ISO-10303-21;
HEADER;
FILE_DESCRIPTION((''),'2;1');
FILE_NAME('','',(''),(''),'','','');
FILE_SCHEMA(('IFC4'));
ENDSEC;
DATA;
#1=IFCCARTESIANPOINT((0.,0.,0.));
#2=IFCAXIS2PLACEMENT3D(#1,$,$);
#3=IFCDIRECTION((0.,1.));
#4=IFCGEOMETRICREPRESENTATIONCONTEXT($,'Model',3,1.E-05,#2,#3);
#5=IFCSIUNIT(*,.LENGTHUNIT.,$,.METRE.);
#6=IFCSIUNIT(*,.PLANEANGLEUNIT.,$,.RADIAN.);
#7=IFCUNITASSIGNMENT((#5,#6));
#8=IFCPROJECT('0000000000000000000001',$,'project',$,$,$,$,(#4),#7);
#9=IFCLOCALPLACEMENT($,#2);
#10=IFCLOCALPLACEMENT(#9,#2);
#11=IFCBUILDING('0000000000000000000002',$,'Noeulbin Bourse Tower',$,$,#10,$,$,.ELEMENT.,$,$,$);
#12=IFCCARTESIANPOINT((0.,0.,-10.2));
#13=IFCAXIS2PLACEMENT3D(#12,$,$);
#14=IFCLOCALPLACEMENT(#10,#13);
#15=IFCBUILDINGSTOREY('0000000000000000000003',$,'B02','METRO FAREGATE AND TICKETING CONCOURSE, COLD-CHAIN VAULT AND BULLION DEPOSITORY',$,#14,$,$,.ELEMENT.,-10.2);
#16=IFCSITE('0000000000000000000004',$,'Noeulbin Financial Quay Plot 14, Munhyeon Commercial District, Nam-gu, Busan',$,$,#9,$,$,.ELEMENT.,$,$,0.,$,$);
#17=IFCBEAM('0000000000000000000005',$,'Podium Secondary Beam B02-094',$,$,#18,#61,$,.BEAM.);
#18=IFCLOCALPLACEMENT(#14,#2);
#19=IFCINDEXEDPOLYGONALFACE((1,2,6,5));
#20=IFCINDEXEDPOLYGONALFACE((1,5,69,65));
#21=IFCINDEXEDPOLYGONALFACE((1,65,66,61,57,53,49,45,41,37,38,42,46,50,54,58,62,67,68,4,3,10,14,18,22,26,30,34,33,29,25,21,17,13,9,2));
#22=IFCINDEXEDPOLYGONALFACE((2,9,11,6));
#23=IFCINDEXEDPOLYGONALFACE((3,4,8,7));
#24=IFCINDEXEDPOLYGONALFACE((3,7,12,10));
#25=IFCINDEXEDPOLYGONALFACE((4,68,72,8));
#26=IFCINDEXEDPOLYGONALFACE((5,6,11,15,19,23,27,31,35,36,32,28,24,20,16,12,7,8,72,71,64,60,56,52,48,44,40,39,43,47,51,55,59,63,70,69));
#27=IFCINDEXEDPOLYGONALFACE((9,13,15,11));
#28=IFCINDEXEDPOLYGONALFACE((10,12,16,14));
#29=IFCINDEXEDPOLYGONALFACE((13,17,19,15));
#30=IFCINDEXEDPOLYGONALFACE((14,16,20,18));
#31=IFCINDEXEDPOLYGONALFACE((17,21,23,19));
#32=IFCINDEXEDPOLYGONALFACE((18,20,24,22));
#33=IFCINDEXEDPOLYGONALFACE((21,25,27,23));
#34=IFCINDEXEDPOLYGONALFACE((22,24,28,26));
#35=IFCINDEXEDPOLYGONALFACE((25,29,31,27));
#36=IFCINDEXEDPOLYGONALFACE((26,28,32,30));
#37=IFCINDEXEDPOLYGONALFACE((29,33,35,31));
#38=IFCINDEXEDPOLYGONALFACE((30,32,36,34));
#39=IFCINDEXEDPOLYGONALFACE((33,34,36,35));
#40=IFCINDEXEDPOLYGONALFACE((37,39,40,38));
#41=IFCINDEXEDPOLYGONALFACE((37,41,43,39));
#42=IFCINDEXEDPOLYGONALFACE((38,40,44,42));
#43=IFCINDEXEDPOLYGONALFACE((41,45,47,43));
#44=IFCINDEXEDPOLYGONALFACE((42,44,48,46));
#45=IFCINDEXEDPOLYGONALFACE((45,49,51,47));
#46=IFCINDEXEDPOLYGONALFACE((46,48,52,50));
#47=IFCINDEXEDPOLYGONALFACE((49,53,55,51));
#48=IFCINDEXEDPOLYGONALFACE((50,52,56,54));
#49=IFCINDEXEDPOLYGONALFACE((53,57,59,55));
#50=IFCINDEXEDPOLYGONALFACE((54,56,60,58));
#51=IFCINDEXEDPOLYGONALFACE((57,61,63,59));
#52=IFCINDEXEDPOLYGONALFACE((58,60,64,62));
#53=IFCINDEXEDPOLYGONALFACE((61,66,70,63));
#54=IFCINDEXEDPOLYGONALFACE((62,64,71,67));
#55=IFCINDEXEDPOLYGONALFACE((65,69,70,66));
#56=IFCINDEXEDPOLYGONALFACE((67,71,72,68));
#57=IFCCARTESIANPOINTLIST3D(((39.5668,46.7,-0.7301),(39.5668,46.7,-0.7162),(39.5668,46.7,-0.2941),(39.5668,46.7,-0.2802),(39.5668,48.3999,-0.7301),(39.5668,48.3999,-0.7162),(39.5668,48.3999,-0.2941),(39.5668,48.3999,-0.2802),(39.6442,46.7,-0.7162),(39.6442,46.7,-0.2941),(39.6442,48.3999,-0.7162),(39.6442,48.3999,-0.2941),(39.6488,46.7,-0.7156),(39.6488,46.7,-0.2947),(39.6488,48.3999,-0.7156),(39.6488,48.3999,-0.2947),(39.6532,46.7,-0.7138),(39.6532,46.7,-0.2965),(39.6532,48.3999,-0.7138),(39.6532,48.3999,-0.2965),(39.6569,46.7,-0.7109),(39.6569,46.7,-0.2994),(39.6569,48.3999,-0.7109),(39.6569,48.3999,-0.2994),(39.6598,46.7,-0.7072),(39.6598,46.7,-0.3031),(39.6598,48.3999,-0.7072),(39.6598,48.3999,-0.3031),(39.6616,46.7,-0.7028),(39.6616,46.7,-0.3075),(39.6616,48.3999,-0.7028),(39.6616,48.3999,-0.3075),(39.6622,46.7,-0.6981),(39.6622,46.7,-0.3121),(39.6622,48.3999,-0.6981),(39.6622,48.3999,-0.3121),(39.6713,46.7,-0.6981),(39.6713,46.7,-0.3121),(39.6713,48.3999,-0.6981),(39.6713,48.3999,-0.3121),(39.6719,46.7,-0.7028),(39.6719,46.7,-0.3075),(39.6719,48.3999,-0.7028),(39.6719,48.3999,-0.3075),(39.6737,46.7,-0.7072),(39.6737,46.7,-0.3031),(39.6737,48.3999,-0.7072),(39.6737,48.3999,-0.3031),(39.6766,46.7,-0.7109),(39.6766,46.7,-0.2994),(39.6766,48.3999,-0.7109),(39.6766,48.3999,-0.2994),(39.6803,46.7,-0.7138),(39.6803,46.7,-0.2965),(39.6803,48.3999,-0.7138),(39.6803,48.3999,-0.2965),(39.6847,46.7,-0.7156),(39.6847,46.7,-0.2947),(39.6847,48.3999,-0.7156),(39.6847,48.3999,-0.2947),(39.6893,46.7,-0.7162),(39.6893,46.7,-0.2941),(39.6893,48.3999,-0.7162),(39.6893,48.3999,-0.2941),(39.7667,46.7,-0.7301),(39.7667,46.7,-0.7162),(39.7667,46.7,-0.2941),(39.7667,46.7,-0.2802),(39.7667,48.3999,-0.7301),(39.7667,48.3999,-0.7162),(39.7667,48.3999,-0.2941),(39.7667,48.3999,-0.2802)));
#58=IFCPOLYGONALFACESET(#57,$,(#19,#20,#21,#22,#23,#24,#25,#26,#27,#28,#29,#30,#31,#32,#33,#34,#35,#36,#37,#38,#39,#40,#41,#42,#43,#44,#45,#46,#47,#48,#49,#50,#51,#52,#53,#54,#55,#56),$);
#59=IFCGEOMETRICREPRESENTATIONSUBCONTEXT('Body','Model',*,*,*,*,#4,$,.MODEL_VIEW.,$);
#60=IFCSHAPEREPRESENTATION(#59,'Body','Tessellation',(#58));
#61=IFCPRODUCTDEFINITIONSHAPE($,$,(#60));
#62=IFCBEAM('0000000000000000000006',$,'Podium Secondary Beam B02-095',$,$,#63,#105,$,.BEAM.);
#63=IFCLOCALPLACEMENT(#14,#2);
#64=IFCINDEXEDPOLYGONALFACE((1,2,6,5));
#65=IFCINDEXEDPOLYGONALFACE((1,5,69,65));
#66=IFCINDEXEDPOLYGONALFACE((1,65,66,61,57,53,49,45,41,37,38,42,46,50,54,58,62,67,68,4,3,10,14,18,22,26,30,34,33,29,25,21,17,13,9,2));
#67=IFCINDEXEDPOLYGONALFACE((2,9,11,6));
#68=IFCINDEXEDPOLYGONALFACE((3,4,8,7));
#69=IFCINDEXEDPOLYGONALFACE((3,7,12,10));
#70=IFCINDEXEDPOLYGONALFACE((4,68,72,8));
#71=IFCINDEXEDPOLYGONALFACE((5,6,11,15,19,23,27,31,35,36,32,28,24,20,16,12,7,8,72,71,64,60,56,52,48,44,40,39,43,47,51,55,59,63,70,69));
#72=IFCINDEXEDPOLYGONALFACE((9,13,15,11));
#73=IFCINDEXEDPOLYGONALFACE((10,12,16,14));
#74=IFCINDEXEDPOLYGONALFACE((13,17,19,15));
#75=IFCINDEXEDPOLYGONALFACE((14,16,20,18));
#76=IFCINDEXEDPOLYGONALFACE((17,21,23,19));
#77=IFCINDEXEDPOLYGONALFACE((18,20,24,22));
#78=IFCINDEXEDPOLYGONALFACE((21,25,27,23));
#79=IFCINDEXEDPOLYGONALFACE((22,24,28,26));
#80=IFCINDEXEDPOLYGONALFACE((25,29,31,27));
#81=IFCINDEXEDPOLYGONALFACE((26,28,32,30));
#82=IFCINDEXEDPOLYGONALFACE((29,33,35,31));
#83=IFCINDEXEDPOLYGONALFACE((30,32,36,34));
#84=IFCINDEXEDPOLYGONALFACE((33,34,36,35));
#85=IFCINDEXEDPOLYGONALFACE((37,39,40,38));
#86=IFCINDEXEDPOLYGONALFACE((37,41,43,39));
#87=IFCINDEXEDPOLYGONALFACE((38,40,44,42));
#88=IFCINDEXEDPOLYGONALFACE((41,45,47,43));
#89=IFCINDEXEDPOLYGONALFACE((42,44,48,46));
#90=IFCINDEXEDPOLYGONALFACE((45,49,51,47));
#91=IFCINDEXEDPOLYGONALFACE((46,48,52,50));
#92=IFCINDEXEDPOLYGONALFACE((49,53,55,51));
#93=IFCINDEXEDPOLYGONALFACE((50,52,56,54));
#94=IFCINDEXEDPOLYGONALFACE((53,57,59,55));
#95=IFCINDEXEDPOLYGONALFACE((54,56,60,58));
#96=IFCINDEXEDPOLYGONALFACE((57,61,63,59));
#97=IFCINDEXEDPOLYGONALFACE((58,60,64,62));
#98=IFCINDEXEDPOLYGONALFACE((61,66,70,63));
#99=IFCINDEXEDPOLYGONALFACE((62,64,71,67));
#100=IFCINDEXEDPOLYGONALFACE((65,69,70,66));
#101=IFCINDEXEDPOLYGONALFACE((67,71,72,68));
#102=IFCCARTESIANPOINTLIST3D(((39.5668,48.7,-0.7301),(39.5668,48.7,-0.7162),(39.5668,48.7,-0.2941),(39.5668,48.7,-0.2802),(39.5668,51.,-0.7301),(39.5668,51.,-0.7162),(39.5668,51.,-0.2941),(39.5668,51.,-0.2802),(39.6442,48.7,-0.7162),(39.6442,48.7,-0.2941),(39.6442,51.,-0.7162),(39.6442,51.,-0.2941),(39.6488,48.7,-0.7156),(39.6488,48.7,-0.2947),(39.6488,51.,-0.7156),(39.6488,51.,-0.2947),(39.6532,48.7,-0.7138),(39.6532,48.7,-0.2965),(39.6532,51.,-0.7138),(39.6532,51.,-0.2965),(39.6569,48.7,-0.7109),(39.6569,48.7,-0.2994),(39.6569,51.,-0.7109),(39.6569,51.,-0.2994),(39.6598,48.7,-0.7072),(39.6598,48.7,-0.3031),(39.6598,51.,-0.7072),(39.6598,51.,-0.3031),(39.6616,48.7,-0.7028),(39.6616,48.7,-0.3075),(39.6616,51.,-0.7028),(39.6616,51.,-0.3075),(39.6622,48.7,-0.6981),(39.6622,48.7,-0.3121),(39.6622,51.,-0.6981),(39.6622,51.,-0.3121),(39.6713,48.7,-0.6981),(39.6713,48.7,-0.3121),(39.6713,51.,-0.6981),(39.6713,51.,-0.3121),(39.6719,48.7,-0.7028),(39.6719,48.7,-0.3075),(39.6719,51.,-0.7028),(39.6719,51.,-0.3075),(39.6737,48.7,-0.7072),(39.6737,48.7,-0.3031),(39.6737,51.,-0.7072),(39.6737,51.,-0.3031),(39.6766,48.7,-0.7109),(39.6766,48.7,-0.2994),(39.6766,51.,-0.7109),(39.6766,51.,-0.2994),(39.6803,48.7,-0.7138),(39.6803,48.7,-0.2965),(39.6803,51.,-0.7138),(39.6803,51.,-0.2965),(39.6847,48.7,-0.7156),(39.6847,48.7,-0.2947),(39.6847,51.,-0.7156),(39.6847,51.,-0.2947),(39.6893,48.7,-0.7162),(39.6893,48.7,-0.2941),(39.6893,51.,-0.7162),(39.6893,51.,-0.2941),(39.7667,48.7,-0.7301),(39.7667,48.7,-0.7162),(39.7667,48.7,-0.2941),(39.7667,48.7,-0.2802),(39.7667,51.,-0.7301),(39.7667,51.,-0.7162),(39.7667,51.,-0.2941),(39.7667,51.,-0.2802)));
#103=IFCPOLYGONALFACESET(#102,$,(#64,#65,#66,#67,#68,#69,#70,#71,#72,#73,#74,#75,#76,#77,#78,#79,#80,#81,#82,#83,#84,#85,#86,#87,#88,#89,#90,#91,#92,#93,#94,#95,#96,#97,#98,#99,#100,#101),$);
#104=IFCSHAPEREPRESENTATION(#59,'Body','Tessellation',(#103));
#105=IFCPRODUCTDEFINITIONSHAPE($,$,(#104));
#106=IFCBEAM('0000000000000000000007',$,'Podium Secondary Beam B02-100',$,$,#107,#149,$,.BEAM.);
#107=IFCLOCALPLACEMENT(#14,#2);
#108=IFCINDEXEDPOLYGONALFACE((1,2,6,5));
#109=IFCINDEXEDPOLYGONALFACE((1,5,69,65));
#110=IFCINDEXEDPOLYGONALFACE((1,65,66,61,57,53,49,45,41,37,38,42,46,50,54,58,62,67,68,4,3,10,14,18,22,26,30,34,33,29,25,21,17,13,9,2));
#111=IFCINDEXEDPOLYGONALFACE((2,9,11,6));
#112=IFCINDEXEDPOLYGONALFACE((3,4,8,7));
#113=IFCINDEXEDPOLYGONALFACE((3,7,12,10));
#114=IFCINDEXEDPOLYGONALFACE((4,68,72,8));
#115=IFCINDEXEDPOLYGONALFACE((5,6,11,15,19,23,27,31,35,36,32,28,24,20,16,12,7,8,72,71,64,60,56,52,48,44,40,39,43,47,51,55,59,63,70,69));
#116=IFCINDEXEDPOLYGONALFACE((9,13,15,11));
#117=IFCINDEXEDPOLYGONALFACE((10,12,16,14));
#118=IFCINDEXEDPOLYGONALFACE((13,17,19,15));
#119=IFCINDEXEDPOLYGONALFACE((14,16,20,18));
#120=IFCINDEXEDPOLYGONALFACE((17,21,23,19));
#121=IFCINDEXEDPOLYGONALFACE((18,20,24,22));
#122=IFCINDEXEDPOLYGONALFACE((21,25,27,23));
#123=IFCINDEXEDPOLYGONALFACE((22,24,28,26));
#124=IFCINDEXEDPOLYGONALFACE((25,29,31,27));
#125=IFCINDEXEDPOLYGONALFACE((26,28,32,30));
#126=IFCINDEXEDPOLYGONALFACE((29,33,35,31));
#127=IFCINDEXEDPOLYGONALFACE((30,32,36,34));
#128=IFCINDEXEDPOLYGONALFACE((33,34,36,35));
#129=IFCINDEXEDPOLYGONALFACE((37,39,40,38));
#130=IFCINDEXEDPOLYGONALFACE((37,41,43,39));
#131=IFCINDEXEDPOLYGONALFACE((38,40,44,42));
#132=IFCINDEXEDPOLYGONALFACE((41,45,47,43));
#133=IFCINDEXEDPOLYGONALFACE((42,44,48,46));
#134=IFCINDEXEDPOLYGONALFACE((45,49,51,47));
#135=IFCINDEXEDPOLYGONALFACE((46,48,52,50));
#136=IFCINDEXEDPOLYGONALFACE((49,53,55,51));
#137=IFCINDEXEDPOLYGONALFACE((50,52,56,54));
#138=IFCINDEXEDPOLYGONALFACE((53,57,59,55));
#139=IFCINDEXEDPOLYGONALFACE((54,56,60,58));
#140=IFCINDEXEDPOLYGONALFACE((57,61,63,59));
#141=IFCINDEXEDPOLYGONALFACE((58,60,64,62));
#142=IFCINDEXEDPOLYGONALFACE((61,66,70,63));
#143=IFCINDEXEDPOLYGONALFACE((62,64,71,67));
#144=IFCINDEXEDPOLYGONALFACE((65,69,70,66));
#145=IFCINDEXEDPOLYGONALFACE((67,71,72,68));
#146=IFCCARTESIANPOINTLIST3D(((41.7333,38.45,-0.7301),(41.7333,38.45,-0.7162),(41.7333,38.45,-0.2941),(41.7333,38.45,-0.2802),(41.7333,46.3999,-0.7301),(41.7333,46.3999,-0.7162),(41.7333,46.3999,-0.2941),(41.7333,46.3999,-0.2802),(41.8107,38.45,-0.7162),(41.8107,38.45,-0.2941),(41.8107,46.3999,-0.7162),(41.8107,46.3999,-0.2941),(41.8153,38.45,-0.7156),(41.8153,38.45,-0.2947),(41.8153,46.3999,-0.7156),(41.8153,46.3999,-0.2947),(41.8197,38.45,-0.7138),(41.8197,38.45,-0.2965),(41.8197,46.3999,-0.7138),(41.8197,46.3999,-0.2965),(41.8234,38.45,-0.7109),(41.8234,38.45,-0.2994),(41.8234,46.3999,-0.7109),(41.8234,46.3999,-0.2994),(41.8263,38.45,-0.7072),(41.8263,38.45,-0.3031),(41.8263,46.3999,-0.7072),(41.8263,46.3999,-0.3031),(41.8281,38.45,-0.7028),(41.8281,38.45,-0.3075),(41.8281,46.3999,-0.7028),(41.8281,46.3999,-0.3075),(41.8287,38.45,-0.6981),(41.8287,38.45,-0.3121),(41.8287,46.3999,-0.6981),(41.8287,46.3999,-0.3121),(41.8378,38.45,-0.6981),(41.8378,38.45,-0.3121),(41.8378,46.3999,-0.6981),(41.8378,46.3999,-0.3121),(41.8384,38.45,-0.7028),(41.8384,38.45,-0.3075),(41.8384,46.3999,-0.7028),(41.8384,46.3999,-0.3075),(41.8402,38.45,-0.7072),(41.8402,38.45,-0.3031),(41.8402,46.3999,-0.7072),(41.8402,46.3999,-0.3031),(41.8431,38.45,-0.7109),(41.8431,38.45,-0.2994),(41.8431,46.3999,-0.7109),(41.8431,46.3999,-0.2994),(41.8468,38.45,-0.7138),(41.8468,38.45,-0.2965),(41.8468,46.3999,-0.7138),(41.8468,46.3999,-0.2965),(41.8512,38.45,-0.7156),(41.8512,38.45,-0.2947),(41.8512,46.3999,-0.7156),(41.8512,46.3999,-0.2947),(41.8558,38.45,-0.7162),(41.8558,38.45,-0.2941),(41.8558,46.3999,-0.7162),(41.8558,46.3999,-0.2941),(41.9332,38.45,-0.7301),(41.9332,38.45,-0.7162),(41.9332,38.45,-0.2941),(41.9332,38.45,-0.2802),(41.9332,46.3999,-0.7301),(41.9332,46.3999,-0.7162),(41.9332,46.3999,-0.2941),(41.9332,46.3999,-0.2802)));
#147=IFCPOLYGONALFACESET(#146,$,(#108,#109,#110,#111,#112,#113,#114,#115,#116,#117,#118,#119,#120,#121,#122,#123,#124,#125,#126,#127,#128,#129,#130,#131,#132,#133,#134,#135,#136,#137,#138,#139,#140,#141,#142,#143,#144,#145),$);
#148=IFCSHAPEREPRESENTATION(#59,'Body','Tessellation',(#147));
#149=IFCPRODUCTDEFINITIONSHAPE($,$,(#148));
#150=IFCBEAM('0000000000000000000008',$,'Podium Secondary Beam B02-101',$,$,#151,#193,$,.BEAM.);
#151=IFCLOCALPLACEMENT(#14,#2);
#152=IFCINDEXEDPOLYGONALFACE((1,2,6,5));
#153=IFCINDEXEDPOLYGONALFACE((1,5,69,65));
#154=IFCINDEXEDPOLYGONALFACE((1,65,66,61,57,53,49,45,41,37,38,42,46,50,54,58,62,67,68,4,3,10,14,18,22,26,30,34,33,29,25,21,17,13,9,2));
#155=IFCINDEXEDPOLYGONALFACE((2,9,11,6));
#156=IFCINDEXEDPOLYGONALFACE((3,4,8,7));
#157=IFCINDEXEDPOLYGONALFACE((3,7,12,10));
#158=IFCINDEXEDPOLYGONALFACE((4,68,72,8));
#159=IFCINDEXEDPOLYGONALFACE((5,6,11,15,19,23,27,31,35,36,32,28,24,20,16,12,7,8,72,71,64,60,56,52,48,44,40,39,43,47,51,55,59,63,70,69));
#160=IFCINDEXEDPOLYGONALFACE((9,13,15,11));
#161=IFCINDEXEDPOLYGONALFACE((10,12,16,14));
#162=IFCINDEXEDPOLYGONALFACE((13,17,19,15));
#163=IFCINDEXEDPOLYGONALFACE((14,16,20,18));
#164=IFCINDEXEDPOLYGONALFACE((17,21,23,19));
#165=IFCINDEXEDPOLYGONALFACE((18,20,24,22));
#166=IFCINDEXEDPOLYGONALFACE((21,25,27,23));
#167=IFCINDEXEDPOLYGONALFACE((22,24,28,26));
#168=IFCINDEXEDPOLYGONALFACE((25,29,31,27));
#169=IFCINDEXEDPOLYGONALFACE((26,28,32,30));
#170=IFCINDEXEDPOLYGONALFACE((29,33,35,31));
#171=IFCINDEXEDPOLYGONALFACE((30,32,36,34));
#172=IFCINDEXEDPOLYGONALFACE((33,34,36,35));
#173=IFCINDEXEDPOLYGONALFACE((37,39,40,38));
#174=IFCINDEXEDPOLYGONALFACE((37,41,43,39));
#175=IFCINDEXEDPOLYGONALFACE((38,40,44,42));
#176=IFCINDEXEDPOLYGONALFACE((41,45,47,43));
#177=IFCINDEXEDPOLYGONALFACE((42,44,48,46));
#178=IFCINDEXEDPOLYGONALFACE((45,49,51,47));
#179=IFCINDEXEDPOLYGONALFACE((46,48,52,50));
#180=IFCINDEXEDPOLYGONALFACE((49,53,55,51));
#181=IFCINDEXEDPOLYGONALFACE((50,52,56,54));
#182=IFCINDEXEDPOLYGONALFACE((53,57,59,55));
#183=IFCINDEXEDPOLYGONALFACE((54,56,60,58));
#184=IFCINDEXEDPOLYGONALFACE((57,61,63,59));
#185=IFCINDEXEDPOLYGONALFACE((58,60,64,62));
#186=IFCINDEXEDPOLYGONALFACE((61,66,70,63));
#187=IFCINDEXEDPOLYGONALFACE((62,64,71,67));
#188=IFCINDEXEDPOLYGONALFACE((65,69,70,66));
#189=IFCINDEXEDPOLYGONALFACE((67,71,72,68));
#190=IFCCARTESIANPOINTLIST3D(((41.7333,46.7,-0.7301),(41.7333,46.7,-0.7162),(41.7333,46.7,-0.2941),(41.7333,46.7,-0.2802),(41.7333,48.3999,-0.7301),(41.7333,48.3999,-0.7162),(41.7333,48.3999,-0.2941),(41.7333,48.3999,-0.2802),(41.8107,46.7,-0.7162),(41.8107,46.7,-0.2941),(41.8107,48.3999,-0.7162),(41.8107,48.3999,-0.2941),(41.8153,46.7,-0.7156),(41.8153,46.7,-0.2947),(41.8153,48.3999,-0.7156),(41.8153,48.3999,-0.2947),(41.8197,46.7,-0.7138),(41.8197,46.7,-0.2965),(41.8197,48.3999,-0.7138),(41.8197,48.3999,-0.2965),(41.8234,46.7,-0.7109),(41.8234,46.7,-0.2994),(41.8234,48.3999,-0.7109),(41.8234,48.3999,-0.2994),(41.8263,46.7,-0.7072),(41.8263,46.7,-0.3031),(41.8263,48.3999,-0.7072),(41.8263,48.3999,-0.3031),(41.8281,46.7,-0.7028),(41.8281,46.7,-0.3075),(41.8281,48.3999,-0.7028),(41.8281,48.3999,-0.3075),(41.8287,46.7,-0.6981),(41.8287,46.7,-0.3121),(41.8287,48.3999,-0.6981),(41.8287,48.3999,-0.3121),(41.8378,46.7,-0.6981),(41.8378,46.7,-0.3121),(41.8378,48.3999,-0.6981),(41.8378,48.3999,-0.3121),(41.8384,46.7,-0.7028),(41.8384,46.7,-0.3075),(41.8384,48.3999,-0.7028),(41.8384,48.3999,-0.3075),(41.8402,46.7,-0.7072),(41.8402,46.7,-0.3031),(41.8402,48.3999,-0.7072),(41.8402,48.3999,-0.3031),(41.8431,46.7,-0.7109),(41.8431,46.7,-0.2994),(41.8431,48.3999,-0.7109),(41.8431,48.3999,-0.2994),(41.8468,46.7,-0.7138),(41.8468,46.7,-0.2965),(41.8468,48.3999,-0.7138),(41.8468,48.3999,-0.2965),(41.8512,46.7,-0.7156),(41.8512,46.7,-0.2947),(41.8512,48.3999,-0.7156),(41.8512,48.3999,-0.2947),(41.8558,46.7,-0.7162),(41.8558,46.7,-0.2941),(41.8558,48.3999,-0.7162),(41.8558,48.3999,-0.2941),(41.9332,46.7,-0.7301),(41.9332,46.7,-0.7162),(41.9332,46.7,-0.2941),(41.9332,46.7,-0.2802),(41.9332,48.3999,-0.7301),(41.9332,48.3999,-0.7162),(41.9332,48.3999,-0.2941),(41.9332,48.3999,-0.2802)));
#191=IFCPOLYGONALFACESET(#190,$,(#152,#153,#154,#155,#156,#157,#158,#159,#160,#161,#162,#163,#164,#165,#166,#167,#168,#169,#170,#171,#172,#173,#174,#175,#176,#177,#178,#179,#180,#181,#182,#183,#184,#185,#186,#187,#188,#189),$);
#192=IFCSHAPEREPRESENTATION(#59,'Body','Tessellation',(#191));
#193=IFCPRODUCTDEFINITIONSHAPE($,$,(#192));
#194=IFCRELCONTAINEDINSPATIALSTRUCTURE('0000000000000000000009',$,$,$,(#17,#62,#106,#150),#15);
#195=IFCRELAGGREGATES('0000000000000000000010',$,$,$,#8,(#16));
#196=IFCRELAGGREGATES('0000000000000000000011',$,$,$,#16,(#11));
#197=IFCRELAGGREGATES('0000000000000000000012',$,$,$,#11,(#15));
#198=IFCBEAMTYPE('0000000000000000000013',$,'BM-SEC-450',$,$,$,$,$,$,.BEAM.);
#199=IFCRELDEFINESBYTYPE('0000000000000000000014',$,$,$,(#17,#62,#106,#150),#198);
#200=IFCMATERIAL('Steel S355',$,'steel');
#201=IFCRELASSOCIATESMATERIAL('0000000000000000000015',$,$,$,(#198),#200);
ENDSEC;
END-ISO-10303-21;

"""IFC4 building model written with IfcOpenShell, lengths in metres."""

from ifc_helpers import new_model, si_unit, direction, frame, origin, origin_2d, place, context, subcontext, project, spatial, i_section, extrude, material, material_profile, profile_set, type_object, element, save


model = new_model("IFC4")

# Units and contexts
model_context = context("Model", 3, precision=1e-05, world=origin(), true_north=direction((0.0, 1.0)))
body_context = subcontext(model_context, "Body", "Model", "MODEL_VIEW")
ifc_project = project(units=[si_unit("LENGTHUNIT", "METRE"), si_unit("PLANEANGLEUNIT", "RADIAN")], contexts=[model_context])

# Site, building, storey
site_placement = place(None, origin())
site = spatial("IfcSite", under=ifc_project, at=site_placement, Name="Noeulbin Financial Quay Plot 14, Munhyeon Commercial District, Nam-gu, Busan", CompositionType="ELEMENT", RefElevation=0.0)
building_placement = place(site_placement, origin())
building = spatial("IfcBuilding", under=site, at=building_placement, Name="Noeulbin Bourse Tower", CompositionType="ELEMENT")
storey_placement = place(building_placement, frame((0.0, 0.0, -10.2)))
storey = spatial("IfcBuildingStorey", under=building, at=storey_placement, Name="B02", Description="METRO FAREGATE AND TICKETING CONCOURSE, COLD-CHAIN VAULT AND BULLION DEPOSITORY", CompositionType="ELEMENT", Elevation=-10.2)

# Beams
ifc_material_1 = material(Name="Steel S355", Category="steel")
ifc_material_profile_1 = material_profile(ifc_material_1, i_section(OverallWidth=0.2, OverallDepth=0.45, WebThickness=0.009, FlangeThickness=0.0139, FilletRadius=0.0181, at=origin_2d()), Name="H-450x200x9x14", Category="LoadBearing")
ifc_profile_set_1 = profile_set([ifc_material_profile_1], Name="Steel S355")
beam_type_1 = type_object("IfcBeamType", Name="BM-SEC-450", PredefinedType="BEAM", material=ifc_profile_set_1)
beam_1_placement = place(storey_placement, frame((39.6667, 46.7, -0.5051), z_axis=(0.0, 1.0, 0.0), x_axis=(-1.0, 0.0, 0.0)))
element("IfcBeam", 1, at=beam_1_placement, inside=storey, type_object=beam_type_1, Name="Podium Secondary Beam B02-094", PredefinedType="BEAM", context=body_context, shape_type="SweptSolid", body=[
    extrude(i_section(OverallWidth=0.2, OverallDepth=0.45, WebThickness=0.009, FlangeThickness=0.0139, FilletRadius=0.0181, at=origin_2d()), origin(), (0.0, 0.0, 1.0), 1.7),
])
beam_2_placement = place(storey_placement, frame((39.6667, 48.7, -0.5051), z_axis=(0.0, 1.0, 0.0), x_axis=(-1.0, 0.0, 0.0)))
element("IfcBeam", 2, at=beam_2_placement, inside=storey, type_object=beam_type_1, Name="Podium Secondary Beam B02-095", PredefinedType="BEAM", context=body_context, shape_type="SweptSolid", body=[
    extrude(i_section(OverallWidth=0.2, OverallDepth=0.45, WebThickness=0.009, FlangeThickness=0.0139, FilletRadius=0.0181, at=origin_2d()), origin(), (0.0, 0.0, 1.0), 2.3),
])
beam_3_placement = place(storey_placement, frame((41.8333, 38.45, -0.5051), z_axis=(0.0, 1.0, 0.0), x_axis=(-1.0, 0.0, 0.0)))
element("IfcBeam", 3, at=beam_3_placement, inside=storey, type_object=beam_type_1, Name="Podium Secondary Beam B02-100", PredefinedType="BEAM", context=body_context, shape_type="SweptSolid", body=[
    extrude(i_section(OverallWidth=0.2, OverallDepth=0.45, WebThickness=0.009, FlangeThickness=0.0139, FilletRadius=0.0181, at=origin_2d()), origin(), (0.0, 0.0, 1.0), 7.95),
])
beam_4_placement = place(storey_placement, frame((41.8333, 46.7, -0.5051), z_axis=(0.0, 1.0, 0.0), x_axis=(-1.0, 0.0, 0.0)))
element("IfcBeam", 4, at=beam_4_placement, inside=storey, type_object=beam_type_1, Name="Podium Secondary Beam B02-101", PredefinedType="BEAM", context=body_context, shape_type="SweptSolid", body=[
    extrude(i_section(OverallWidth=0.2, OverallDepth=0.45, WebThickness=0.009, FlangeThickness=0.0139, FilletRadius=0.0181, at=origin_2d()), origin(), (0.0, 0.0, 1.0), 1.7),
])

save(model, "model.ifc")
